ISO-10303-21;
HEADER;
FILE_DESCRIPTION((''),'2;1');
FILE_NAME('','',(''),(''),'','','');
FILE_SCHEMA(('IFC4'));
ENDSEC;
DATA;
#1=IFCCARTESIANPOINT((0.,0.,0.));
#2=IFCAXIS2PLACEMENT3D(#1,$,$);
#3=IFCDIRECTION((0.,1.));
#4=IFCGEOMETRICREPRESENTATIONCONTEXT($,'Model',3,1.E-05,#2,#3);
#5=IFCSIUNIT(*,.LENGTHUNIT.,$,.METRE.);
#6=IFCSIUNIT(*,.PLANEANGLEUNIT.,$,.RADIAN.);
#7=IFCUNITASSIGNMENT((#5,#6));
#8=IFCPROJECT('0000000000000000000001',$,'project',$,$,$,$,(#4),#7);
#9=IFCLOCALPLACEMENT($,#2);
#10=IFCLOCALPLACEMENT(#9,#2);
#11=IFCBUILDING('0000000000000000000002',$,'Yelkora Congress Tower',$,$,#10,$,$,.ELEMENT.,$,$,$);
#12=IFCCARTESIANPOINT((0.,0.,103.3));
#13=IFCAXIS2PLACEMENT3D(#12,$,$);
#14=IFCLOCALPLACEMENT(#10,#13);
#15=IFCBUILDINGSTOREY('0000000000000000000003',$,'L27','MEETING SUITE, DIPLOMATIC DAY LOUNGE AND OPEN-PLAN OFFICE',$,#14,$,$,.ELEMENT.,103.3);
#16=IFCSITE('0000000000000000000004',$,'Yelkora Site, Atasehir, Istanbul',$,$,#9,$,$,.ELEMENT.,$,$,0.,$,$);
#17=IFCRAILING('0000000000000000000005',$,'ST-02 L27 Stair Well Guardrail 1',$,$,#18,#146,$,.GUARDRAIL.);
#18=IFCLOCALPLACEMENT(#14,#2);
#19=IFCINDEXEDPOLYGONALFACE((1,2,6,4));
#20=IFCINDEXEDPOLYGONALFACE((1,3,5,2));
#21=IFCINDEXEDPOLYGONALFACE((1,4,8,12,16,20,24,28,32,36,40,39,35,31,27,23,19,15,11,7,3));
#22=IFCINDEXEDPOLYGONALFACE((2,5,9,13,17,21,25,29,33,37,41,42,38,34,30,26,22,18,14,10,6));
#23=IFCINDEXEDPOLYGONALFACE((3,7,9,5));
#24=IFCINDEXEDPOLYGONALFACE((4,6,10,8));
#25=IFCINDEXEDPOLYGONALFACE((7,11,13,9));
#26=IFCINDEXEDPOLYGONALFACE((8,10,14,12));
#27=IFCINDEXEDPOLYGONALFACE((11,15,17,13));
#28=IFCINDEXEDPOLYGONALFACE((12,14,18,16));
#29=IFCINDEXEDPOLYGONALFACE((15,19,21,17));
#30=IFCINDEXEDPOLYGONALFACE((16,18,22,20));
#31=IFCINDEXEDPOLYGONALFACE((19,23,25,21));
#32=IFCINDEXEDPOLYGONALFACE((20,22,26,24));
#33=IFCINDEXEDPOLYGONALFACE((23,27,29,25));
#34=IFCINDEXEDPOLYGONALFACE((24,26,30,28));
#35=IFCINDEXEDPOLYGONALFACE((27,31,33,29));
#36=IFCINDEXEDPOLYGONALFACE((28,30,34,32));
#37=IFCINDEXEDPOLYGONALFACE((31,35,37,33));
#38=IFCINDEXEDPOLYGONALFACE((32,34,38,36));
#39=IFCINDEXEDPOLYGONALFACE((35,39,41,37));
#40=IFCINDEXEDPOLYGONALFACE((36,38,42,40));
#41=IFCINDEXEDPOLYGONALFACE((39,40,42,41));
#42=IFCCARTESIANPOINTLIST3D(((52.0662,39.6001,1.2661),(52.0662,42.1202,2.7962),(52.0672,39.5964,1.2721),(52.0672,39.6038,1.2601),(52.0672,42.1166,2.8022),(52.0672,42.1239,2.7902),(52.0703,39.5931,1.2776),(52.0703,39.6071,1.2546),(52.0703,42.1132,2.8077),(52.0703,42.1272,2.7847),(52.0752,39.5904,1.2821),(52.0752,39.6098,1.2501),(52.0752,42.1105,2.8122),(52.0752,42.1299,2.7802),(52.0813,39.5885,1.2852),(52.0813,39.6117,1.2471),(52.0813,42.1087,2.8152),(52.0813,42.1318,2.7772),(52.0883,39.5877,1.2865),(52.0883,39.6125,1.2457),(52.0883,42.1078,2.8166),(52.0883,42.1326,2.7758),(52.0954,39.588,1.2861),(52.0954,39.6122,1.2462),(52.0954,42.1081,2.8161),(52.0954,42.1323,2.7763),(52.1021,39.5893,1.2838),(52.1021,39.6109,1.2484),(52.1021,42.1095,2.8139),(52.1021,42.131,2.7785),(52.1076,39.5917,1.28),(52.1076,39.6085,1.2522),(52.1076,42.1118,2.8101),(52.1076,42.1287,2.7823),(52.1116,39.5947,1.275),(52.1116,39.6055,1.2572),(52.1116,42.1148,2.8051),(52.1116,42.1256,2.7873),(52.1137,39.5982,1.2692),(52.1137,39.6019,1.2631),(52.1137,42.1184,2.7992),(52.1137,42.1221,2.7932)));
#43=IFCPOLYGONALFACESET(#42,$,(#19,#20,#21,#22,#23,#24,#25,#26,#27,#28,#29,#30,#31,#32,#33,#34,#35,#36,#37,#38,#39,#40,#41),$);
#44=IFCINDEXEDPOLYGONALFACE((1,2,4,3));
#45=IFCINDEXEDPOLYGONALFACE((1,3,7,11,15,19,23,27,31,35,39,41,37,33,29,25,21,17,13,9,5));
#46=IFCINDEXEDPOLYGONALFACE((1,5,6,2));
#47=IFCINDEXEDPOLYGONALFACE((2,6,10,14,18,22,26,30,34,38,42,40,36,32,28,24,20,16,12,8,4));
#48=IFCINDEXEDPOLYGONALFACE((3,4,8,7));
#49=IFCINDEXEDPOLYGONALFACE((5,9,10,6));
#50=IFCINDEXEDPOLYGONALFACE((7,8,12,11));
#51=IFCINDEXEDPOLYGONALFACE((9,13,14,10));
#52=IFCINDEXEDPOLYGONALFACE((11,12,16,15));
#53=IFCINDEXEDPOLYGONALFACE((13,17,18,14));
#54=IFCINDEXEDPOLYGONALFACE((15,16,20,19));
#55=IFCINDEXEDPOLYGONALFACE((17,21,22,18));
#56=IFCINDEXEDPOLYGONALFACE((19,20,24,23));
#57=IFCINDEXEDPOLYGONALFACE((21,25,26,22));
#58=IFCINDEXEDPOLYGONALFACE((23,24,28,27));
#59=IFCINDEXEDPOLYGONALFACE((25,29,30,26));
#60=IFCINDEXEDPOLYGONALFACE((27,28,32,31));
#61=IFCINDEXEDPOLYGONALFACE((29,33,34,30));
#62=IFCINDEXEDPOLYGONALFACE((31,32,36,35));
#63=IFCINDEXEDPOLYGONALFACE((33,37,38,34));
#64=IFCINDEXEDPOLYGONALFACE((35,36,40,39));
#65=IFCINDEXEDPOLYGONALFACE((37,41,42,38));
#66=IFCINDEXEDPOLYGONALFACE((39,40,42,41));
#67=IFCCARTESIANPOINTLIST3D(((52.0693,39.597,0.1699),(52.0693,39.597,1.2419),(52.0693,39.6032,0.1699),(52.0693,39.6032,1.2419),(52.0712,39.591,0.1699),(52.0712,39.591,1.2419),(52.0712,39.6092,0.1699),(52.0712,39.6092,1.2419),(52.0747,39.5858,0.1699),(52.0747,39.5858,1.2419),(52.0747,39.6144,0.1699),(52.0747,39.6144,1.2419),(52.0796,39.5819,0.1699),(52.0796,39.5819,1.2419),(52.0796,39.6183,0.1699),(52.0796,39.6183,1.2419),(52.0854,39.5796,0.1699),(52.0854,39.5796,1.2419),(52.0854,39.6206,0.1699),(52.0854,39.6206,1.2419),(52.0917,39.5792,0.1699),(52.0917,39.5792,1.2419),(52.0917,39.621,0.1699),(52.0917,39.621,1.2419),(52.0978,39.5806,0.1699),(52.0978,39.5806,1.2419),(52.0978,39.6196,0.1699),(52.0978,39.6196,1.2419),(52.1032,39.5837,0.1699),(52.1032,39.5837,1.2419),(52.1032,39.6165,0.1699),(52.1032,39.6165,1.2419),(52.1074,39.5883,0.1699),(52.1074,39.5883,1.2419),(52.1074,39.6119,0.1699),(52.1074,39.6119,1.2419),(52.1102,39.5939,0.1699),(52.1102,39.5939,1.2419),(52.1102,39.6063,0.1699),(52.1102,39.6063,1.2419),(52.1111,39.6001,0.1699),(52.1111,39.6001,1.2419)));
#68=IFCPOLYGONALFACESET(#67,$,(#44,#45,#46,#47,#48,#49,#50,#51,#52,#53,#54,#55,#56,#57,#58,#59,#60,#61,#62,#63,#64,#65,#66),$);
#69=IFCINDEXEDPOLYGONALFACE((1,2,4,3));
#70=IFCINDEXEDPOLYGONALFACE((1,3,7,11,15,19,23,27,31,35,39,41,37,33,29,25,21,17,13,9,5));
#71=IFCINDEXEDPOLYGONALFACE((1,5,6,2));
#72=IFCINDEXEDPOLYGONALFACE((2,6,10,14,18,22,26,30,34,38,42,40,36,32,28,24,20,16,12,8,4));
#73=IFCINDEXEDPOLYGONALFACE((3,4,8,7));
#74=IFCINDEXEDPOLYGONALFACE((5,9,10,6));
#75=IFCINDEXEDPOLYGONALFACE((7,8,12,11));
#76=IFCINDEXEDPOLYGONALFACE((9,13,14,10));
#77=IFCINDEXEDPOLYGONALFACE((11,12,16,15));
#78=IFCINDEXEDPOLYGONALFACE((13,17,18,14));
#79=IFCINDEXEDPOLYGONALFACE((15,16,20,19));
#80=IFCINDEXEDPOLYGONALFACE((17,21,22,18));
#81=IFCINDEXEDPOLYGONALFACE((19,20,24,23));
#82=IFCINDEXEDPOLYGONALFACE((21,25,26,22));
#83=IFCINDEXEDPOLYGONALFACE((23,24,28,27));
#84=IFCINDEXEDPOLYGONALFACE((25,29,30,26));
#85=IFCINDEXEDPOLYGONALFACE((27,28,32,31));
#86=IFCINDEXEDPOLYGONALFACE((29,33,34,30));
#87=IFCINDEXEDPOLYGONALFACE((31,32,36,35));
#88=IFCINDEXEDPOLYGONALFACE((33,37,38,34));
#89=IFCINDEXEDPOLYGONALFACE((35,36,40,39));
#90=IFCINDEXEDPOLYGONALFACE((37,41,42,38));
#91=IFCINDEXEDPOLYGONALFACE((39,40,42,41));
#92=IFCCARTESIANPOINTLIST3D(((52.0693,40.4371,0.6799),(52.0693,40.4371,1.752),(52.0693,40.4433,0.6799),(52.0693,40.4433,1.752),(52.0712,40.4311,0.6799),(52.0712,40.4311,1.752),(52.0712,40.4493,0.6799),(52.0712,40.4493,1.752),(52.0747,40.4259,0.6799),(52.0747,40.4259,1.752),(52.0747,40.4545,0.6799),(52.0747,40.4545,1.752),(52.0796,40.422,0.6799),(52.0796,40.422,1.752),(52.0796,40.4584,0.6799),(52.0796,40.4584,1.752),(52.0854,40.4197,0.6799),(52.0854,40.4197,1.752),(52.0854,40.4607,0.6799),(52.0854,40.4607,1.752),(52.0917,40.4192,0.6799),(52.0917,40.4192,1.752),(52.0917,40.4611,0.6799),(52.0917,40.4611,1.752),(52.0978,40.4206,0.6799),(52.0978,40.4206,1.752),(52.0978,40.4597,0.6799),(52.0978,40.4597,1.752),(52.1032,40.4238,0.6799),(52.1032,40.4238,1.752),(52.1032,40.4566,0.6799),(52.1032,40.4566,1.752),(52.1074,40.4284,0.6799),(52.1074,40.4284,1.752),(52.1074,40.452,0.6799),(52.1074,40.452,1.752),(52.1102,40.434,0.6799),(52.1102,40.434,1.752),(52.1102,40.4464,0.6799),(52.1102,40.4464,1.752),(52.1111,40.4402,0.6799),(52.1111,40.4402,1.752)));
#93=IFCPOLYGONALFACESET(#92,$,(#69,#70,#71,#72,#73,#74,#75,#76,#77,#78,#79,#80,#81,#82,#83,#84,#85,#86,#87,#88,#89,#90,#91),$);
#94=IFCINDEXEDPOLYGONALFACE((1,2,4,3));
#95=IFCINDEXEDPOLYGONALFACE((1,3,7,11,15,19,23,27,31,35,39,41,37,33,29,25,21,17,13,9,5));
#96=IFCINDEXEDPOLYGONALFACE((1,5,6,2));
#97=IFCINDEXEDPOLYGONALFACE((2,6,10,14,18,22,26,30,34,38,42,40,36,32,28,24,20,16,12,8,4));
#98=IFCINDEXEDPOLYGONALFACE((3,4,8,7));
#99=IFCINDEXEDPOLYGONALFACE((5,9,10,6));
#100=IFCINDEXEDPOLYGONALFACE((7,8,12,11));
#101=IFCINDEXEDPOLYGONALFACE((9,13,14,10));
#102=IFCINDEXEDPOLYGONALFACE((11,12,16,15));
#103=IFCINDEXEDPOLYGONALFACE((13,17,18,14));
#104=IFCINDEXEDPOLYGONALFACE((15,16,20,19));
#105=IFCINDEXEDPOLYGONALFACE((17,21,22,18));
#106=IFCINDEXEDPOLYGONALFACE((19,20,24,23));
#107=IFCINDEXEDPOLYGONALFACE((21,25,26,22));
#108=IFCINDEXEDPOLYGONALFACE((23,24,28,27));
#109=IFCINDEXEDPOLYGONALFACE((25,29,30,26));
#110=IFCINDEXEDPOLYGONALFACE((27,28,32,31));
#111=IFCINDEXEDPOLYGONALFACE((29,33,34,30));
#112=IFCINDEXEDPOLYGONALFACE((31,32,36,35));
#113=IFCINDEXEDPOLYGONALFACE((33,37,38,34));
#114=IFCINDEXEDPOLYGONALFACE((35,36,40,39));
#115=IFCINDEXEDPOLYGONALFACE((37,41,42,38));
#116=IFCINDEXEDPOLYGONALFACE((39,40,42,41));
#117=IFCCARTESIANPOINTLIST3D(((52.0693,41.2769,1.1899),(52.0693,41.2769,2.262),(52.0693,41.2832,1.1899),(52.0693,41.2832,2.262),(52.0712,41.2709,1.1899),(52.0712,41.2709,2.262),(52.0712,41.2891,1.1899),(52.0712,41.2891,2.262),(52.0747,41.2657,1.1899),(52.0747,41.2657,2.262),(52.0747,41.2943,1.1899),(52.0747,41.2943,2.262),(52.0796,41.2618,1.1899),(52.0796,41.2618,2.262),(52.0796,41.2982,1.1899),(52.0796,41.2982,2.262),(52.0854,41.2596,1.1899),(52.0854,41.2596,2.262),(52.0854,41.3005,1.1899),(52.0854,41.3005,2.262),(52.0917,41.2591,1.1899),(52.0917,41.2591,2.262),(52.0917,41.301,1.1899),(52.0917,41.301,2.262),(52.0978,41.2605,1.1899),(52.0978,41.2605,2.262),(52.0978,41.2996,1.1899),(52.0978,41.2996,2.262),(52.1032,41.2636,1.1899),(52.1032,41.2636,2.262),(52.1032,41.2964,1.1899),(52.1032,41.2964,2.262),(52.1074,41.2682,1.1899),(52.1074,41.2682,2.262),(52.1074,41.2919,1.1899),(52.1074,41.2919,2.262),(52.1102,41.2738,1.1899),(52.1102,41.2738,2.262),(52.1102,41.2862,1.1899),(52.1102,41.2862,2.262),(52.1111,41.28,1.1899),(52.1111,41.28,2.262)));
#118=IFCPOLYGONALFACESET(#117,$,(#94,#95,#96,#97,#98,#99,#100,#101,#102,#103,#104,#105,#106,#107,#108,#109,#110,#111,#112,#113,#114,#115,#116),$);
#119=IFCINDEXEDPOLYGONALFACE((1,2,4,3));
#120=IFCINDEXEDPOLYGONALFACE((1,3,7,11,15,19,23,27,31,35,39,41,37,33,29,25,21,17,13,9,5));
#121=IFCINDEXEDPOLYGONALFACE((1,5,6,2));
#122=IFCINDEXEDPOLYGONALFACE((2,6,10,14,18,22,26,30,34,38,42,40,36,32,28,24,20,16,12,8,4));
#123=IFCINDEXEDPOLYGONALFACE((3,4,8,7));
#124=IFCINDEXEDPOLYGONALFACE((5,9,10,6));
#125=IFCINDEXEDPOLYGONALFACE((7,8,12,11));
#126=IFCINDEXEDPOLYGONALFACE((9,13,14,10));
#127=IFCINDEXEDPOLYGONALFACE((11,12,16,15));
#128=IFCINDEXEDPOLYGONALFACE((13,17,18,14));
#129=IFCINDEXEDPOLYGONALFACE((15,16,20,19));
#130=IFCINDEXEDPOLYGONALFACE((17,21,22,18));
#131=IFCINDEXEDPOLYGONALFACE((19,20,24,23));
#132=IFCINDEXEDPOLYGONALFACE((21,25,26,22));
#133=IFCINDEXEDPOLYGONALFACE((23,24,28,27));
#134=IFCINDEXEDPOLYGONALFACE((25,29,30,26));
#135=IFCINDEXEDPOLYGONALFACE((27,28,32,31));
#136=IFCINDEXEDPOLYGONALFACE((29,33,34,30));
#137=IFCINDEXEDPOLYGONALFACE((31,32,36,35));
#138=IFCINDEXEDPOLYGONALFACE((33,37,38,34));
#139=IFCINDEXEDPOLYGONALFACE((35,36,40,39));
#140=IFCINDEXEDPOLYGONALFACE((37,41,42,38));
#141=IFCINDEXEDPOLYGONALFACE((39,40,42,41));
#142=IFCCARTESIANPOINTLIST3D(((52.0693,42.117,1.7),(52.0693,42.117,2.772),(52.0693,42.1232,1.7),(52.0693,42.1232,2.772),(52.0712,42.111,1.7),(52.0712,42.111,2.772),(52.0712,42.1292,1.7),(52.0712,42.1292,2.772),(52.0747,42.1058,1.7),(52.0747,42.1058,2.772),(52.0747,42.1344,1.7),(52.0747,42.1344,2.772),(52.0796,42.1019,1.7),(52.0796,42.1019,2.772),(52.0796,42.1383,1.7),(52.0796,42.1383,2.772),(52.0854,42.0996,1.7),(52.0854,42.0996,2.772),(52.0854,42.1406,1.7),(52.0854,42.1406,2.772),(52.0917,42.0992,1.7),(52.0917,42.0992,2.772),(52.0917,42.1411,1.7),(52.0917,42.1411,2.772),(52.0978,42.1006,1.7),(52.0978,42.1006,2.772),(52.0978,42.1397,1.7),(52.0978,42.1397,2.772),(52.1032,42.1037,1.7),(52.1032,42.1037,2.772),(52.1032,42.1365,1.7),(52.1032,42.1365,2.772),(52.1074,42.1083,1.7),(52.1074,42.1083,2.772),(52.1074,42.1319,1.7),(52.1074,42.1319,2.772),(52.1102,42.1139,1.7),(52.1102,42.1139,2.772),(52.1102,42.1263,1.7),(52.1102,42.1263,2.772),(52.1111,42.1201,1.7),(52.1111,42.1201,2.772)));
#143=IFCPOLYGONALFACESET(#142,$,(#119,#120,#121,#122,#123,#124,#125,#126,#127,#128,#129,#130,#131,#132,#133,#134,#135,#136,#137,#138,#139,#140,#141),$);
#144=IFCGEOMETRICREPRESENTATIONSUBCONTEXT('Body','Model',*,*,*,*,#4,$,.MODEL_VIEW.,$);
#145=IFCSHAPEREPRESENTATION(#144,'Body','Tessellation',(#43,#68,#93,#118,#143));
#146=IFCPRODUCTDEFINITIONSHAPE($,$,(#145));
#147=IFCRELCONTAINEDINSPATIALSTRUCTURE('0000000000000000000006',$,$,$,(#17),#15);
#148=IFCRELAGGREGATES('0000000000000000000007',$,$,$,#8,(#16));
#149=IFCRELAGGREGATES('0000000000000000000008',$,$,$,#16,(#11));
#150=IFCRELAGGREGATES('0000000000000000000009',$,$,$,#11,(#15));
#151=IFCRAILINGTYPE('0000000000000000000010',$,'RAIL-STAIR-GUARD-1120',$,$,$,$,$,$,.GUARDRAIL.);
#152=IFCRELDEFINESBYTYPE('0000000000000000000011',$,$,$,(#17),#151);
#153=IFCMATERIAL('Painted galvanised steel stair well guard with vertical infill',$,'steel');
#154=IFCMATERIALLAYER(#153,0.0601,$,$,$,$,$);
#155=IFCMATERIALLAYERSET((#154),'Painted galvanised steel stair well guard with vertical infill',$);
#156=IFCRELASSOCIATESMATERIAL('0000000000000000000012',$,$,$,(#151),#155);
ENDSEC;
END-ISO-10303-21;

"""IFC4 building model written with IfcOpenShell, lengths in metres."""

from ifc_helpers import new_model, si_unit, direction, frame, origin, origin_2d, place, context, subcontext, project, spatial, circle, extrude, material, layer, layer_set, type_object, element, save


model = new_model("IFC4")

# Units and contexts
model_context = context("Model", 3, precision=1e-05, world=origin(), true_north=direction((0.0, 1.0)))
body_context = subcontext(model_context, "Body", "Model", "MODEL_VIEW")
ifc_project = project(units=[si_unit("LENGTHUNIT", "METRE"), si_unit("PLANEANGLEUNIT", "RADIAN")], contexts=[model_context])

# Site, building, storey
site_placement = place(None, origin())
site = spatial("IfcSite", under=ifc_project, at=site_placement, Name="Yelkora Site, Atasehir, Istanbul", CompositionType="ELEMENT", RefElevation=0.0)
building_placement = place(site_placement, origin())
building = spatial("IfcBuilding", under=site, at=building_placement, Name="Yelkora Congress Tower", CompositionType="ELEMENT")
storey_placement = place(building_placement, frame((0.0, 0.0, 103.3)))
storey = spatial("IfcBuildingStorey", under=building, at=storey_placement, Name="L27", Description="MEETING SUITE, DIPLOMATIC DAY LOUNGE AND OPEN-PLAN OFFICE", CompositionType="ELEMENT", Elevation=103.3)

# Railing
ifc_material_1 = material(Name="Painted galvanised steel stair well guard with vertical infill", Category="steel")
ifc_layer_1 = layer(ifc_material_1, 0.0601)
ifc_layer_set_1 = layer_set([ifc_layer_1], Name="Painted galvanised steel stair well guard with vertical infill")
railing_type_1 = type_object("IfcRailingType", Name="RAIL-STAIR-GUARD-1120", PredefinedType="GUARDRAIL", material=ifc_layer_set_1)
railing_1_placement = place(storey_placement, frame((52.0901, 39.6001, 0.1699)))
element("IfcRailing", 1, at=railing_1_placement, inside=storey, type_object=railing_type_1, Name="ST-02 L27 Stair Well Guardrail 1", PredefinedType="GUARDRAIL", context=body_context, shape_type="SweptSolid", body=[
    extrude(circle(Radius=0.0239, at=origin_2d()), frame((0.0, 0.0, 1.0962), z_axis=(0.0, 0.854785, 0.518982), x_axis=(-1.0, 0.0, 0.0)), (0.0, 0.0, 1.0), 2.9482),
    extrude(circle(Radius=0.021, at=origin_2d()), origin(), (0.0, 0.0, 1.0), 1.072),
    extrude(circle(Radius=0.021, at=origin_2d()), frame((0.0, 0.8401, 0.51)), (0.0, 0.0, 1.0), 1.072),
    extrude(circle(Radius=0.021, at=origin_2d()), frame((0.0, 1.6799, 1.02)), (0.0, 0.0, 1.0), 1.072),
    extrude(circle(Radius=0.021, at=origin_2d()), frame((0.0, 2.52, 1.53)), (0.0, 0.0, 1.0), 1.072),
])

save(model, "model.ifc")
